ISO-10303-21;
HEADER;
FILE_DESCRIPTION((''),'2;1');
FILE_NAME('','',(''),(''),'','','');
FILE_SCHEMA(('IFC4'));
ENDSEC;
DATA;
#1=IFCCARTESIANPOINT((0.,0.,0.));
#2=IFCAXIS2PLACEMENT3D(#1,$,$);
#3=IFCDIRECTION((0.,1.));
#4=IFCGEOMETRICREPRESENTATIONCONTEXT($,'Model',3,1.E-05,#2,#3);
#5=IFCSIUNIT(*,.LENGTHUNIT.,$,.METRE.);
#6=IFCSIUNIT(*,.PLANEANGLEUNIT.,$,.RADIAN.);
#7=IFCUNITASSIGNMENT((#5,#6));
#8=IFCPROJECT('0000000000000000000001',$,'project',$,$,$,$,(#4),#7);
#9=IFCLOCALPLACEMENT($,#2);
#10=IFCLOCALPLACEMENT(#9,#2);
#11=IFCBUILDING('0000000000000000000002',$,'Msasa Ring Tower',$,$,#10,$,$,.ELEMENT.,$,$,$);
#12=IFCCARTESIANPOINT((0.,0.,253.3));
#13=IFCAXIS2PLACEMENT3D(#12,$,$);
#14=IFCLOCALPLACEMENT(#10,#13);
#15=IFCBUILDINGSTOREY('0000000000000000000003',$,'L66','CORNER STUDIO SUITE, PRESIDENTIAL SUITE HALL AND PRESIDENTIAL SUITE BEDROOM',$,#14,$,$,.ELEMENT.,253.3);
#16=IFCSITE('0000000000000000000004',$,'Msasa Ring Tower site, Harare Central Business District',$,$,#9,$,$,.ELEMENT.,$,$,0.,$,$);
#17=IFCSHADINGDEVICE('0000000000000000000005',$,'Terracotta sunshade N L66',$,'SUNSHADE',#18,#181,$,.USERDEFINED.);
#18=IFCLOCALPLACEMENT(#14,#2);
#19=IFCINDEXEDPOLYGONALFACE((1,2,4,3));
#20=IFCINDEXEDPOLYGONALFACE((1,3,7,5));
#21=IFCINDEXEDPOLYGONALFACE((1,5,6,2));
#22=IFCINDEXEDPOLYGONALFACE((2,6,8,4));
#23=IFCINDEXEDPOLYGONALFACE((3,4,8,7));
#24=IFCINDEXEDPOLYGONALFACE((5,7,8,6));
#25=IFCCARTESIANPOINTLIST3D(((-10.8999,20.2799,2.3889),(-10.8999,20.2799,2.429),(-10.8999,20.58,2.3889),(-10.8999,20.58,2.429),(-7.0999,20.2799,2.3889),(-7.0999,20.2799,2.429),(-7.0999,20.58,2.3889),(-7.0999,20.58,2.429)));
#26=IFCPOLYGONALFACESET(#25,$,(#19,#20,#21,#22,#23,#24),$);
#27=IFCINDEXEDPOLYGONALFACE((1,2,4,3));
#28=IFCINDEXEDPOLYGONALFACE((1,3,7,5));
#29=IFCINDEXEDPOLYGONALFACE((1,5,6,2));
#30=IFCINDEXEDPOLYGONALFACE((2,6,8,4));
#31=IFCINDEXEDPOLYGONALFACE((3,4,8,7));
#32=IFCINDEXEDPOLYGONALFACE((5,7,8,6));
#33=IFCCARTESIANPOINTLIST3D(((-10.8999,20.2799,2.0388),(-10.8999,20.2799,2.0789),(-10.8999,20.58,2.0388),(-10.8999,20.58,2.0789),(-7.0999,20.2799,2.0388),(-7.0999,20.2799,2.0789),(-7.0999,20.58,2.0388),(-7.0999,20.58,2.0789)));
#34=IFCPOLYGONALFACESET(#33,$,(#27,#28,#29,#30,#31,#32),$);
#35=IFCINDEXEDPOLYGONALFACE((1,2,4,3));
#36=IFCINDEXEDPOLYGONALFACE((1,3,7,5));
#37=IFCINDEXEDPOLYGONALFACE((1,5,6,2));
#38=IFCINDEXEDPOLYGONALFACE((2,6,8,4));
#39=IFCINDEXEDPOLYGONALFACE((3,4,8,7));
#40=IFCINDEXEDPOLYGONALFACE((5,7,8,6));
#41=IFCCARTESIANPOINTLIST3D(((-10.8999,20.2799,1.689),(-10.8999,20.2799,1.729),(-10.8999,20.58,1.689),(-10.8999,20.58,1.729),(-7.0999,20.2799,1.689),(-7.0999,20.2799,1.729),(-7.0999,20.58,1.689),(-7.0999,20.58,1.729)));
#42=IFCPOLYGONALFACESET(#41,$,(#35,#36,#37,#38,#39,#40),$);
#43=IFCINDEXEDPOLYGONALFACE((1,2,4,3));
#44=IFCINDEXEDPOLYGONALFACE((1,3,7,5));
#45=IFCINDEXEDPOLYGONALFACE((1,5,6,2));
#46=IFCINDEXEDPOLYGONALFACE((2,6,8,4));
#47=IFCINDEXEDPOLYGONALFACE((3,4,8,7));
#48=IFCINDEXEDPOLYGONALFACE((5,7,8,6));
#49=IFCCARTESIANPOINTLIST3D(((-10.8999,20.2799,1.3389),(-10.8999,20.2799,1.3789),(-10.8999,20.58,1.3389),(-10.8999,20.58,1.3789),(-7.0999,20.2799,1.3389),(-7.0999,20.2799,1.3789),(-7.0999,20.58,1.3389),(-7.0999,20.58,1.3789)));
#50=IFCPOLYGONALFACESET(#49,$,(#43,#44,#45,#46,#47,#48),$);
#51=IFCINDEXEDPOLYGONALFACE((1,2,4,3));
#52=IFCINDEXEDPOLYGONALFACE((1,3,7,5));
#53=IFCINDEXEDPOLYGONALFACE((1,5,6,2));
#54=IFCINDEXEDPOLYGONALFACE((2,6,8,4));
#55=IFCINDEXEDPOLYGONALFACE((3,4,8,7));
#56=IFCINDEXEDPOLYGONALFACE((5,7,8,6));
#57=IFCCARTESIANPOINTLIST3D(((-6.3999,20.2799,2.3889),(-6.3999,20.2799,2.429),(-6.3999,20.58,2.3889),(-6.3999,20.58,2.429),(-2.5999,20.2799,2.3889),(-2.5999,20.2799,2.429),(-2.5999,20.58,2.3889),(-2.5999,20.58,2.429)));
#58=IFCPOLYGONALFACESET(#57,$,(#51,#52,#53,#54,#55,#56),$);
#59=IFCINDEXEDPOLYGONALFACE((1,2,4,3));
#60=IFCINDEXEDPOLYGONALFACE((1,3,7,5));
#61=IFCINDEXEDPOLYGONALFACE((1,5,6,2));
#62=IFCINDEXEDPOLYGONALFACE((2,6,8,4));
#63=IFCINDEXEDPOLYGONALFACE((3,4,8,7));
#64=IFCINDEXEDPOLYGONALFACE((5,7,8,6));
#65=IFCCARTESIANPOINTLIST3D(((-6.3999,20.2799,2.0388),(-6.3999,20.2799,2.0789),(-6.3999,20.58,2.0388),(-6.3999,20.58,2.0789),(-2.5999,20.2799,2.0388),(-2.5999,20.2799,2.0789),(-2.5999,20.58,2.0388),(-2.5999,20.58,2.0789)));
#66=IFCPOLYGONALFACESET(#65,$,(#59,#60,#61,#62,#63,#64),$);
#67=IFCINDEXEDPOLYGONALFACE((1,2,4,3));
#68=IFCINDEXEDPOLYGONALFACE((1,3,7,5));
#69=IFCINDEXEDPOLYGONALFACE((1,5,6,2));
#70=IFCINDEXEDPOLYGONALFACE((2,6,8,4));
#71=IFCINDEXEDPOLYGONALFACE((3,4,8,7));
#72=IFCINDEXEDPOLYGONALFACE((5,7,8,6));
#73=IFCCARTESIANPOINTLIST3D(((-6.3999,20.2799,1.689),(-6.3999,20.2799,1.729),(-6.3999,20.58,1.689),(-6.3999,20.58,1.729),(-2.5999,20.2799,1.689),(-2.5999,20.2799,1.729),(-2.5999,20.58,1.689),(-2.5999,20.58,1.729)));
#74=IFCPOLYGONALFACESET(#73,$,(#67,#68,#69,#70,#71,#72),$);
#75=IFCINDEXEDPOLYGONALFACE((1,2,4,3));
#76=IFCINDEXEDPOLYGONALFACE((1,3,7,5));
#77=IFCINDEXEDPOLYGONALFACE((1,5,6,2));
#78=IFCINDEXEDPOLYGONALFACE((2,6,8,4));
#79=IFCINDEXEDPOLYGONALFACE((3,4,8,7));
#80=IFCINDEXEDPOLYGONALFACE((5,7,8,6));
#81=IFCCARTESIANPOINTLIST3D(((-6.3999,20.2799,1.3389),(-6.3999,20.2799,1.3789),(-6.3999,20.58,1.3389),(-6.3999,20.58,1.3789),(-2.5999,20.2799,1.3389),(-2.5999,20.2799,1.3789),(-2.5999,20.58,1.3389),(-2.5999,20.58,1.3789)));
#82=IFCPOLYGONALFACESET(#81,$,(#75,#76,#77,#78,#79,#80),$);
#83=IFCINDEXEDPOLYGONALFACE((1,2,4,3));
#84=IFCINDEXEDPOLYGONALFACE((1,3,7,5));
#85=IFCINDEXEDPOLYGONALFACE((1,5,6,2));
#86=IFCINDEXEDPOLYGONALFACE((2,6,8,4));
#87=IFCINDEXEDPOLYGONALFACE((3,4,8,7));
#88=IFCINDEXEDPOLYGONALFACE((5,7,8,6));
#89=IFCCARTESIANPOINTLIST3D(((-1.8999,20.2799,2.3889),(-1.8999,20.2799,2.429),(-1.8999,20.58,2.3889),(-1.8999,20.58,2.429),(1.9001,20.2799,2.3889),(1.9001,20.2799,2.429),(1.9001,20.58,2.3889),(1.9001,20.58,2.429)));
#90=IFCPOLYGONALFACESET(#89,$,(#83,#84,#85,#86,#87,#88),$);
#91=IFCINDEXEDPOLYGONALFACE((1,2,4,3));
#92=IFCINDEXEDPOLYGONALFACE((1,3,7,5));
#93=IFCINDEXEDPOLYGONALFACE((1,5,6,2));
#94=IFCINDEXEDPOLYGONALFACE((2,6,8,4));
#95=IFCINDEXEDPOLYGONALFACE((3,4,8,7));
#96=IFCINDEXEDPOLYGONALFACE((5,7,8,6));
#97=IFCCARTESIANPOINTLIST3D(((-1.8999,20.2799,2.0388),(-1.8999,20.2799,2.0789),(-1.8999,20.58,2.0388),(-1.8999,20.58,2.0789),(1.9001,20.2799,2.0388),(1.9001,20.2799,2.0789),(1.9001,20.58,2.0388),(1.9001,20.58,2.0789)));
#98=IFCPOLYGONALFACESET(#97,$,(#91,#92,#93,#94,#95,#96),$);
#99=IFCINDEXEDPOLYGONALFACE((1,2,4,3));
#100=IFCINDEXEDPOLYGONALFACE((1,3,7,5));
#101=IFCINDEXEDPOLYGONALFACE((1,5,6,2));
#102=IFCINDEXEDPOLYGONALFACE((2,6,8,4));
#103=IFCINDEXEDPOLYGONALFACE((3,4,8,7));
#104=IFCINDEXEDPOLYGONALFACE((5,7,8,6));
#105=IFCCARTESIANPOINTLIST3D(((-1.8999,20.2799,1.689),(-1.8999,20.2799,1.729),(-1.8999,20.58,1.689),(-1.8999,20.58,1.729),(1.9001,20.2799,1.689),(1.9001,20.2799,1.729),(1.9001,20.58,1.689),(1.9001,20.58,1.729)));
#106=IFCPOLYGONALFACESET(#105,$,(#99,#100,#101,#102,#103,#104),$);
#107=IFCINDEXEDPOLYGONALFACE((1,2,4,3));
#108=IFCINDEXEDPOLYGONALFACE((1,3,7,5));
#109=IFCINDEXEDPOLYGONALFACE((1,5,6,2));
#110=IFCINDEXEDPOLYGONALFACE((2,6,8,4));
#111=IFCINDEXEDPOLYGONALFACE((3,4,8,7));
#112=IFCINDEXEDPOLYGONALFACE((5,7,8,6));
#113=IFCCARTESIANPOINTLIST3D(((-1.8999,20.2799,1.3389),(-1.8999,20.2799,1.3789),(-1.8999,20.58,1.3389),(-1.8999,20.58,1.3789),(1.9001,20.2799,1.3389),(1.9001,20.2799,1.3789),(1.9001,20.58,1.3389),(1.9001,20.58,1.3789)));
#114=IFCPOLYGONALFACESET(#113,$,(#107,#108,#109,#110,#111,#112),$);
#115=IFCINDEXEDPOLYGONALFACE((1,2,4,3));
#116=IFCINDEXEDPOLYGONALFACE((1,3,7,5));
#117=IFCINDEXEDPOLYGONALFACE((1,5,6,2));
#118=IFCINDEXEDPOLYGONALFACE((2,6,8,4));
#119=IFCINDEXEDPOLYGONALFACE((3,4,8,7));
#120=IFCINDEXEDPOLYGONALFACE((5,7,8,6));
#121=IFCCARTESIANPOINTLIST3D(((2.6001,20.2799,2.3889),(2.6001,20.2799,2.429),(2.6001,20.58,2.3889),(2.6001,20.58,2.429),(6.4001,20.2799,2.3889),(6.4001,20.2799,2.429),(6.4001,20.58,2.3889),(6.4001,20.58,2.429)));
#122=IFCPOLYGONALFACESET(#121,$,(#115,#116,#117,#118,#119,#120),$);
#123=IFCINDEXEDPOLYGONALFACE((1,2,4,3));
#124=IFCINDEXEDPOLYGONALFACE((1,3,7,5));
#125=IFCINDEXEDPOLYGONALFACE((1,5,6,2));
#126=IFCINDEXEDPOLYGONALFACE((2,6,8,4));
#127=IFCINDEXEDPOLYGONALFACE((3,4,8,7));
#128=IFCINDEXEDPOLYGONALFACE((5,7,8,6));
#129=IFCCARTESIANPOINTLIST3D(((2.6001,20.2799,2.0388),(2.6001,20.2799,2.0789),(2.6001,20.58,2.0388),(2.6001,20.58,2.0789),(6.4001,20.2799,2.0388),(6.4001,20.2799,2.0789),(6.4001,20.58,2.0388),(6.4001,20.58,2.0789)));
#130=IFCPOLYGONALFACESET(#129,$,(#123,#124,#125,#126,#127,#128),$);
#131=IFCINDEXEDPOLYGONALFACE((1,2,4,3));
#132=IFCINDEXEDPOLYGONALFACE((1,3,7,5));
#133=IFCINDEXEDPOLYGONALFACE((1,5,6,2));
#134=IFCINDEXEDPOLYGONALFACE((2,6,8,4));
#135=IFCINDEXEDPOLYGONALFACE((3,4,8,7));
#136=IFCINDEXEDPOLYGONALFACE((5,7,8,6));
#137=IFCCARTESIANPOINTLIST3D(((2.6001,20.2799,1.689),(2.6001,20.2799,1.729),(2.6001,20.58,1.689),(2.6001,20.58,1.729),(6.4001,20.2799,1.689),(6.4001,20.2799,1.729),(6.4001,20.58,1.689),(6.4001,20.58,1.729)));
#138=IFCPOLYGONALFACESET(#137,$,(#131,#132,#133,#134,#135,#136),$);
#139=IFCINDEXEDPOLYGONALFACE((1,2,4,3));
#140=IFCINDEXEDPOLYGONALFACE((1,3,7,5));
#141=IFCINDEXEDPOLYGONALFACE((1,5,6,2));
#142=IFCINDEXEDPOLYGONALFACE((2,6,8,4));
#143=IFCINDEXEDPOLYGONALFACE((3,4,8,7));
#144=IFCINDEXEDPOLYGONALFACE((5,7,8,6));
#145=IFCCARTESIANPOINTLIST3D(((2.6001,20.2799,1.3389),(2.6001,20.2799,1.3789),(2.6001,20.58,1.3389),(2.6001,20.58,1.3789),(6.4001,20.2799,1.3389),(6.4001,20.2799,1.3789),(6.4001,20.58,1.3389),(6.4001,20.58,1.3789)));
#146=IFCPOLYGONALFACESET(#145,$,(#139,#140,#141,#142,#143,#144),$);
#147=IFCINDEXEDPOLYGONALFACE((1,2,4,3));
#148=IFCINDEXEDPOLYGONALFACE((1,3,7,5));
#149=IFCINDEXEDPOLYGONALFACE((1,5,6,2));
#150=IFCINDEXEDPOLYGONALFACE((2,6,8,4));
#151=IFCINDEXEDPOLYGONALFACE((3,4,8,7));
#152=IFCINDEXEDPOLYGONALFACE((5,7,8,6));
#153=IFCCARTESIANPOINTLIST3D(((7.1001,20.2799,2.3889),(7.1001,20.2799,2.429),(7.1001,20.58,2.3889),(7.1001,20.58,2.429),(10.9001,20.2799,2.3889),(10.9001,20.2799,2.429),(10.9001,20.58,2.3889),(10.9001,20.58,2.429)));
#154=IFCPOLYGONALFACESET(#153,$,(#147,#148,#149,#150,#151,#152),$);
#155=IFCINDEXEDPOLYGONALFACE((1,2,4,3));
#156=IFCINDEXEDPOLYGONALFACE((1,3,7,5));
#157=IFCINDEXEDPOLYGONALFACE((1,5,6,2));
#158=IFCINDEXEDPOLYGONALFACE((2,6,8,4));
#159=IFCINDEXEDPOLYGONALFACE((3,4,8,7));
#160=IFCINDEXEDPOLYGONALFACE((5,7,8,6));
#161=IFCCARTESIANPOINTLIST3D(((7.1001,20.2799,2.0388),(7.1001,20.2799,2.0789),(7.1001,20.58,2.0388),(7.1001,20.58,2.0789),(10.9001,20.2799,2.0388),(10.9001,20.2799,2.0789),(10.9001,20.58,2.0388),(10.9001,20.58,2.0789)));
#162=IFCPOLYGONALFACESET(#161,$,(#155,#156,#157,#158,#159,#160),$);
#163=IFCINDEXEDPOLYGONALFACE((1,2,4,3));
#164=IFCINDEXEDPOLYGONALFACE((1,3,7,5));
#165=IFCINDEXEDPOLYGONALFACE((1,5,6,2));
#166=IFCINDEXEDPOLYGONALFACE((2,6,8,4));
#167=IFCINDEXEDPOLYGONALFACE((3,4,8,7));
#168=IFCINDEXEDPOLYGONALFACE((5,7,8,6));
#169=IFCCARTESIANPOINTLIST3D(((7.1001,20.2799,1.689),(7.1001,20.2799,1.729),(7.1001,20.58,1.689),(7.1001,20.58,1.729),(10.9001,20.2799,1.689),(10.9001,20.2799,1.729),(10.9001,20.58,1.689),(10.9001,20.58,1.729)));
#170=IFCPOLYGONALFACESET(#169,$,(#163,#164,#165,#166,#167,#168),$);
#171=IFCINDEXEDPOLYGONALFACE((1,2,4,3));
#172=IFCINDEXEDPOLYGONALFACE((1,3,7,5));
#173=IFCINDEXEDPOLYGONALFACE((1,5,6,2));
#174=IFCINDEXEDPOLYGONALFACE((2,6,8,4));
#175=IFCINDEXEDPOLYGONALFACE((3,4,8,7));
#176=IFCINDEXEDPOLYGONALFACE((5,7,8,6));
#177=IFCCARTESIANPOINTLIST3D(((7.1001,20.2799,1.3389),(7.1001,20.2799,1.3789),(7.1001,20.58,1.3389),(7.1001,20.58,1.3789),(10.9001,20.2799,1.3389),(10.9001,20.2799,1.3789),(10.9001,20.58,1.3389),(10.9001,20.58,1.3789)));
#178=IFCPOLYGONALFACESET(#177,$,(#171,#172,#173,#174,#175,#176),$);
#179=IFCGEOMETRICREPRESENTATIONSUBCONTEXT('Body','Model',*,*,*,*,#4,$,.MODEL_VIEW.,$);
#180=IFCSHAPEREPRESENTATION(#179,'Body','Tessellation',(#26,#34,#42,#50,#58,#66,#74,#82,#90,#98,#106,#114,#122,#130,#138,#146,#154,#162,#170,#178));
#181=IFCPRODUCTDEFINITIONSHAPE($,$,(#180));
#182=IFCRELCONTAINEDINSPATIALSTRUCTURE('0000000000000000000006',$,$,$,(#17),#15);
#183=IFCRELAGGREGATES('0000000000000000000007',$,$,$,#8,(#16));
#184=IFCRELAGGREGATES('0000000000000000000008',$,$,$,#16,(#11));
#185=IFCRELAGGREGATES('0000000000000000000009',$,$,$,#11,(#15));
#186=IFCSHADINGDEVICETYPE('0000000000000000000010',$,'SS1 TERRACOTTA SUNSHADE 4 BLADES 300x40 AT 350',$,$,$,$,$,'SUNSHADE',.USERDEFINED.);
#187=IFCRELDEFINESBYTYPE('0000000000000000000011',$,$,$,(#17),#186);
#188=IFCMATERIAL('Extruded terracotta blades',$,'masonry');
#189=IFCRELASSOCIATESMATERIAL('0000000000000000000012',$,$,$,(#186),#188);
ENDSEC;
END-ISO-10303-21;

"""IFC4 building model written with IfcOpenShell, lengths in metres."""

from ifc_helpers import new_model, si_unit, direction, frame, origin, origin_2d, place, context, subcontext, project, spatial, rectangle, extrude, material, type_object, element, save


model = new_model("IFC4")

# Units and contexts
model_context = context("Model", 3, precision=1e-05, world=origin(), true_north=direction((0.0, 1.0)))
body_context = subcontext(model_context, "Body", "Model", "MODEL_VIEW")
ifc_project = project(units=[si_unit("LENGTHUNIT", "METRE"), si_unit("PLANEANGLEUNIT", "RADIAN")], contexts=[model_context])

# Site, building, storey
site_placement = place(None, origin())
site = spatial("IfcSite", under=ifc_project, at=site_placement, Name="Msasa Ring Tower site, Harare Central Business District", CompositionType="ELEMENT", RefElevation=0.0)
building_placement = place(site_placement, origin())
building = spatial("IfcBuilding", under=site, at=building_placement, Name="Msasa Ring Tower", CompositionType="ELEMENT")
storey_placement = place(building_placement, frame((0.0, 0.0, 253.3)))
storey = spatial("IfcBuildingStorey", under=building, at=storey_placement, Name="L66", Description="CORNER STUDIO SUITE, PRESIDENTIAL SUITE HALL AND PRESIDENTIAL SUITE BEDROOM", CompositionType="ELEMENT", Elevation=253.3)

# Shading device
ifc_material_1 = material(Name="Extruded terracotta blades", Category="masonry")
shading_device_type_1 = type_object("IfcShadingDeviceType", Name="SS1 TERRACOTTA SUNSHADE 4 BLADES 300x40 AT 350", ElementType="SUNSHADE", PredefinedType="USERDEFINED", material=ifc_material_1)
shading_device_1_placement = place(storey_placement, origin())
element("IfcShadingDevice", 1, at=shading_device_1_placement, inside=storey, type_object=shading_device_type_1, Name="Terracotta sunshade N L66", ObjectType="SUNSHADE", PredefinedType="USERDEFINED", context=body_context, shape_type="SweptSolid", body=[
    extrude(rectangle(XDim=0.04, YDim=0.3, at=origin_2d()), frame((-10.8999, 20.4299, 2.4089), z_axis=(1.0, 0.0, 0.0), x_axis=(0.0, 0.0, 1.0)), (0.0, 0.0, 1.0), 3.8),
    extrude(rectangle(XDim=0.04, YDim=0.3, at=origin_2d()), frame((-10.8999, 20.4299, 2.0588), z_axis=(1.0, 0.0, 0.0), x_axis=(0.0, 0.0, 1.0)), (0.0, 0.0, 1.0), 3.8),
    extrude(rectangle(XDim=0.04, YDim=0.3, at=origin_2d()), frame((-10.8999, 20.4299, 1.709), z_axis=(1.0, 0.0, 0.0), x_axis=(0.0, 0.0, 1.0)), (0.0, 0.0, 1.0), 3.8),
    extrude(rectangle(XDim=0.04, YDim=0.3, at=origin_2d()), frame((-10.8999, 20.4299, 1.3589), z_axis=(1.0, 0.0, 0.0), x_axis=(0.0, 0.0, 1.0)), (0.0, 0.0, 1.0), 3.8),
    extrude(rectangle(XDim=0.04, YDim=0.3, at=origin_2d()), frame((-6.3999, 20.4299, 2.4089), z_axis=(1.0, 0.0, 0.0), x_axis=(0.0, 0.0, 1.0)), (0.0, 0.0, 1.0), 3.8),
    extrude(rectangle(XDim=0.04, YDim=0.3, at=origin_2d()), frame((-6.3999, 20.4299, 2.0588), z_axis=(1.0, 0.0, 0.0), x_axis=(0.0, 0.0, 1.0)), (0.0, 0.0, 1.0), 3.8),
    extrude(rectangle(XDim=0.04, YDim=0.3, at=origin_2d()), frame((-6.3999, 20.4299, 1.709), z_axis=(1.0, 0.0, 0.0), x_axis=(0.0, 0.0, 1.0)), (0.0, 0.0, 1.0), 3.8),
    extrude(rectangle(XDim=0.04, YDim=0.3, at=origin_2d()), frame((-6.3999, 20.4299, 1.3589), z_axis=(1.0, 0.0, 0.0), x_axis=(0.0, 0.0, 1.0)), (0.0, 0.0, 1.0), 3.8),
    extrude(rectangle(XDim=0.04, YDim=0.3, at=origin_2d()), frame((-1.8999, 20.4299, 2.4089), z_axis=(1.0, 0.0, 0.0), x_axis=(0.0, 0.0, 1.0)), (0.0, 0.0, 1.0), 3.8),
    extrude(rectangle(XDim=0.04, YDim=0.3, at=origin_2d()), frame((-1.8999, 20.4299, 2.0588), z_axis=(1.0, 0.0, 0.0), x_axis=(0.0, 0.0, 1.0)), (0.0, 0.0, 1.0), 3.8),
    extrude(rectangle(XDim=0.04, YDim=0.3, at=origin_2d()), frame((-1.8999, 20.4299, 1.709), z_axis=(1.0, 0.0, 0.0), x_axis=(0.0, 0.0, 1.0)), (0.0, 0.0, 1.0), 3.8),
    extrude(rectangle(XDim=0.04, YDim=0.3, at=origin_2d()), frame((-1.8999, 20.4299, 1.3589), z_axis=(1.0, 0.0, 0.0), x_axis=(0.0, 0.0, 1.0)), (0.0, 0.0, 1.0), 3.8),
    extrude(rectangle(XDim=0.04, YDim=0.3, at=origin_2d()), frame((2.6001, 20.4299, 2.4089), z_axis=(1.0, 0.0, 0.0), x_axis=(0.0, 0.0, 1.0)), (0.0, 0.0, 1.0), 3.8),
    extrude(rectangle(XDim=0.04, YDim=0.3, at=origin_2d()), frame((2.6001, 20.4299, 2.0588), z_axis=(1.0, 0.0, 0.0), x_axis=(0.0, 0.0, 1.0)), (0.0, 0.0, 1.0), 3.8),
    extrude(rectangle(XDim=0.04, YDim=0.3, at=origin_2d()), frame((2.6001, 20.4299, 1.709), z_axis=(1.0, 0.0, 0.0), x_axis=(0.0, 0.0, 1.0)), (0.0, 0.0, 1.0), 3.8),
    extrude(rectangle(XDim=0.04, YDim=0.3, at=origin_2d()), frame((2.6001, 20.4299, 1.3589), z_axis=(1.0, 0.0, 0.0), x_axis=(0.0, 0.0, 1.0)), (0.0, 0.0, 1.0), 3.8),
    extrude(rectangle(XDim=0.04, YDim=0.3, at=origin_2d()), frame((7.1001, 20.4299, 2.4089), z_axis=(1.0, 0.0, 0.0), x_axis=(0.0, 0.0, 1.0)), (0.0, 0.0, 1.0), 3.8),
    extrude(rectangle(XDim=0.04, YDim=0.3, at=origin_2d()), frame((7.1001, 20.4299, 2.0588), z_axis=(1.0, 0.0, 0.0), x_axis=(0.0, 0.0, 1.0)), (0.0, 0.0, 1.0), 3.8),
    extrude(rectangle(XDim=0.04, YDim=0.3, at=origin_2d()), frame((7.1001, 20.4299, 1.709), z_axis=(1.0, 0.0, 0.0), x_axis=(0.0, 0.0, 1.0)), (0.0, 0.0, 1.0), 3.8),
    extrude(rectangle(XDim=0.04, YDim=0.3, at=origin_2d()), frame((7.1001, 20.4299, 1.3589), z_axis=(1.0, 0.0, 0.0), x_axis=(0.0, 0.0, 1.0)), (0.0, 0.0, 1.0), 3.8),
])

save(model, "model.ifc")
